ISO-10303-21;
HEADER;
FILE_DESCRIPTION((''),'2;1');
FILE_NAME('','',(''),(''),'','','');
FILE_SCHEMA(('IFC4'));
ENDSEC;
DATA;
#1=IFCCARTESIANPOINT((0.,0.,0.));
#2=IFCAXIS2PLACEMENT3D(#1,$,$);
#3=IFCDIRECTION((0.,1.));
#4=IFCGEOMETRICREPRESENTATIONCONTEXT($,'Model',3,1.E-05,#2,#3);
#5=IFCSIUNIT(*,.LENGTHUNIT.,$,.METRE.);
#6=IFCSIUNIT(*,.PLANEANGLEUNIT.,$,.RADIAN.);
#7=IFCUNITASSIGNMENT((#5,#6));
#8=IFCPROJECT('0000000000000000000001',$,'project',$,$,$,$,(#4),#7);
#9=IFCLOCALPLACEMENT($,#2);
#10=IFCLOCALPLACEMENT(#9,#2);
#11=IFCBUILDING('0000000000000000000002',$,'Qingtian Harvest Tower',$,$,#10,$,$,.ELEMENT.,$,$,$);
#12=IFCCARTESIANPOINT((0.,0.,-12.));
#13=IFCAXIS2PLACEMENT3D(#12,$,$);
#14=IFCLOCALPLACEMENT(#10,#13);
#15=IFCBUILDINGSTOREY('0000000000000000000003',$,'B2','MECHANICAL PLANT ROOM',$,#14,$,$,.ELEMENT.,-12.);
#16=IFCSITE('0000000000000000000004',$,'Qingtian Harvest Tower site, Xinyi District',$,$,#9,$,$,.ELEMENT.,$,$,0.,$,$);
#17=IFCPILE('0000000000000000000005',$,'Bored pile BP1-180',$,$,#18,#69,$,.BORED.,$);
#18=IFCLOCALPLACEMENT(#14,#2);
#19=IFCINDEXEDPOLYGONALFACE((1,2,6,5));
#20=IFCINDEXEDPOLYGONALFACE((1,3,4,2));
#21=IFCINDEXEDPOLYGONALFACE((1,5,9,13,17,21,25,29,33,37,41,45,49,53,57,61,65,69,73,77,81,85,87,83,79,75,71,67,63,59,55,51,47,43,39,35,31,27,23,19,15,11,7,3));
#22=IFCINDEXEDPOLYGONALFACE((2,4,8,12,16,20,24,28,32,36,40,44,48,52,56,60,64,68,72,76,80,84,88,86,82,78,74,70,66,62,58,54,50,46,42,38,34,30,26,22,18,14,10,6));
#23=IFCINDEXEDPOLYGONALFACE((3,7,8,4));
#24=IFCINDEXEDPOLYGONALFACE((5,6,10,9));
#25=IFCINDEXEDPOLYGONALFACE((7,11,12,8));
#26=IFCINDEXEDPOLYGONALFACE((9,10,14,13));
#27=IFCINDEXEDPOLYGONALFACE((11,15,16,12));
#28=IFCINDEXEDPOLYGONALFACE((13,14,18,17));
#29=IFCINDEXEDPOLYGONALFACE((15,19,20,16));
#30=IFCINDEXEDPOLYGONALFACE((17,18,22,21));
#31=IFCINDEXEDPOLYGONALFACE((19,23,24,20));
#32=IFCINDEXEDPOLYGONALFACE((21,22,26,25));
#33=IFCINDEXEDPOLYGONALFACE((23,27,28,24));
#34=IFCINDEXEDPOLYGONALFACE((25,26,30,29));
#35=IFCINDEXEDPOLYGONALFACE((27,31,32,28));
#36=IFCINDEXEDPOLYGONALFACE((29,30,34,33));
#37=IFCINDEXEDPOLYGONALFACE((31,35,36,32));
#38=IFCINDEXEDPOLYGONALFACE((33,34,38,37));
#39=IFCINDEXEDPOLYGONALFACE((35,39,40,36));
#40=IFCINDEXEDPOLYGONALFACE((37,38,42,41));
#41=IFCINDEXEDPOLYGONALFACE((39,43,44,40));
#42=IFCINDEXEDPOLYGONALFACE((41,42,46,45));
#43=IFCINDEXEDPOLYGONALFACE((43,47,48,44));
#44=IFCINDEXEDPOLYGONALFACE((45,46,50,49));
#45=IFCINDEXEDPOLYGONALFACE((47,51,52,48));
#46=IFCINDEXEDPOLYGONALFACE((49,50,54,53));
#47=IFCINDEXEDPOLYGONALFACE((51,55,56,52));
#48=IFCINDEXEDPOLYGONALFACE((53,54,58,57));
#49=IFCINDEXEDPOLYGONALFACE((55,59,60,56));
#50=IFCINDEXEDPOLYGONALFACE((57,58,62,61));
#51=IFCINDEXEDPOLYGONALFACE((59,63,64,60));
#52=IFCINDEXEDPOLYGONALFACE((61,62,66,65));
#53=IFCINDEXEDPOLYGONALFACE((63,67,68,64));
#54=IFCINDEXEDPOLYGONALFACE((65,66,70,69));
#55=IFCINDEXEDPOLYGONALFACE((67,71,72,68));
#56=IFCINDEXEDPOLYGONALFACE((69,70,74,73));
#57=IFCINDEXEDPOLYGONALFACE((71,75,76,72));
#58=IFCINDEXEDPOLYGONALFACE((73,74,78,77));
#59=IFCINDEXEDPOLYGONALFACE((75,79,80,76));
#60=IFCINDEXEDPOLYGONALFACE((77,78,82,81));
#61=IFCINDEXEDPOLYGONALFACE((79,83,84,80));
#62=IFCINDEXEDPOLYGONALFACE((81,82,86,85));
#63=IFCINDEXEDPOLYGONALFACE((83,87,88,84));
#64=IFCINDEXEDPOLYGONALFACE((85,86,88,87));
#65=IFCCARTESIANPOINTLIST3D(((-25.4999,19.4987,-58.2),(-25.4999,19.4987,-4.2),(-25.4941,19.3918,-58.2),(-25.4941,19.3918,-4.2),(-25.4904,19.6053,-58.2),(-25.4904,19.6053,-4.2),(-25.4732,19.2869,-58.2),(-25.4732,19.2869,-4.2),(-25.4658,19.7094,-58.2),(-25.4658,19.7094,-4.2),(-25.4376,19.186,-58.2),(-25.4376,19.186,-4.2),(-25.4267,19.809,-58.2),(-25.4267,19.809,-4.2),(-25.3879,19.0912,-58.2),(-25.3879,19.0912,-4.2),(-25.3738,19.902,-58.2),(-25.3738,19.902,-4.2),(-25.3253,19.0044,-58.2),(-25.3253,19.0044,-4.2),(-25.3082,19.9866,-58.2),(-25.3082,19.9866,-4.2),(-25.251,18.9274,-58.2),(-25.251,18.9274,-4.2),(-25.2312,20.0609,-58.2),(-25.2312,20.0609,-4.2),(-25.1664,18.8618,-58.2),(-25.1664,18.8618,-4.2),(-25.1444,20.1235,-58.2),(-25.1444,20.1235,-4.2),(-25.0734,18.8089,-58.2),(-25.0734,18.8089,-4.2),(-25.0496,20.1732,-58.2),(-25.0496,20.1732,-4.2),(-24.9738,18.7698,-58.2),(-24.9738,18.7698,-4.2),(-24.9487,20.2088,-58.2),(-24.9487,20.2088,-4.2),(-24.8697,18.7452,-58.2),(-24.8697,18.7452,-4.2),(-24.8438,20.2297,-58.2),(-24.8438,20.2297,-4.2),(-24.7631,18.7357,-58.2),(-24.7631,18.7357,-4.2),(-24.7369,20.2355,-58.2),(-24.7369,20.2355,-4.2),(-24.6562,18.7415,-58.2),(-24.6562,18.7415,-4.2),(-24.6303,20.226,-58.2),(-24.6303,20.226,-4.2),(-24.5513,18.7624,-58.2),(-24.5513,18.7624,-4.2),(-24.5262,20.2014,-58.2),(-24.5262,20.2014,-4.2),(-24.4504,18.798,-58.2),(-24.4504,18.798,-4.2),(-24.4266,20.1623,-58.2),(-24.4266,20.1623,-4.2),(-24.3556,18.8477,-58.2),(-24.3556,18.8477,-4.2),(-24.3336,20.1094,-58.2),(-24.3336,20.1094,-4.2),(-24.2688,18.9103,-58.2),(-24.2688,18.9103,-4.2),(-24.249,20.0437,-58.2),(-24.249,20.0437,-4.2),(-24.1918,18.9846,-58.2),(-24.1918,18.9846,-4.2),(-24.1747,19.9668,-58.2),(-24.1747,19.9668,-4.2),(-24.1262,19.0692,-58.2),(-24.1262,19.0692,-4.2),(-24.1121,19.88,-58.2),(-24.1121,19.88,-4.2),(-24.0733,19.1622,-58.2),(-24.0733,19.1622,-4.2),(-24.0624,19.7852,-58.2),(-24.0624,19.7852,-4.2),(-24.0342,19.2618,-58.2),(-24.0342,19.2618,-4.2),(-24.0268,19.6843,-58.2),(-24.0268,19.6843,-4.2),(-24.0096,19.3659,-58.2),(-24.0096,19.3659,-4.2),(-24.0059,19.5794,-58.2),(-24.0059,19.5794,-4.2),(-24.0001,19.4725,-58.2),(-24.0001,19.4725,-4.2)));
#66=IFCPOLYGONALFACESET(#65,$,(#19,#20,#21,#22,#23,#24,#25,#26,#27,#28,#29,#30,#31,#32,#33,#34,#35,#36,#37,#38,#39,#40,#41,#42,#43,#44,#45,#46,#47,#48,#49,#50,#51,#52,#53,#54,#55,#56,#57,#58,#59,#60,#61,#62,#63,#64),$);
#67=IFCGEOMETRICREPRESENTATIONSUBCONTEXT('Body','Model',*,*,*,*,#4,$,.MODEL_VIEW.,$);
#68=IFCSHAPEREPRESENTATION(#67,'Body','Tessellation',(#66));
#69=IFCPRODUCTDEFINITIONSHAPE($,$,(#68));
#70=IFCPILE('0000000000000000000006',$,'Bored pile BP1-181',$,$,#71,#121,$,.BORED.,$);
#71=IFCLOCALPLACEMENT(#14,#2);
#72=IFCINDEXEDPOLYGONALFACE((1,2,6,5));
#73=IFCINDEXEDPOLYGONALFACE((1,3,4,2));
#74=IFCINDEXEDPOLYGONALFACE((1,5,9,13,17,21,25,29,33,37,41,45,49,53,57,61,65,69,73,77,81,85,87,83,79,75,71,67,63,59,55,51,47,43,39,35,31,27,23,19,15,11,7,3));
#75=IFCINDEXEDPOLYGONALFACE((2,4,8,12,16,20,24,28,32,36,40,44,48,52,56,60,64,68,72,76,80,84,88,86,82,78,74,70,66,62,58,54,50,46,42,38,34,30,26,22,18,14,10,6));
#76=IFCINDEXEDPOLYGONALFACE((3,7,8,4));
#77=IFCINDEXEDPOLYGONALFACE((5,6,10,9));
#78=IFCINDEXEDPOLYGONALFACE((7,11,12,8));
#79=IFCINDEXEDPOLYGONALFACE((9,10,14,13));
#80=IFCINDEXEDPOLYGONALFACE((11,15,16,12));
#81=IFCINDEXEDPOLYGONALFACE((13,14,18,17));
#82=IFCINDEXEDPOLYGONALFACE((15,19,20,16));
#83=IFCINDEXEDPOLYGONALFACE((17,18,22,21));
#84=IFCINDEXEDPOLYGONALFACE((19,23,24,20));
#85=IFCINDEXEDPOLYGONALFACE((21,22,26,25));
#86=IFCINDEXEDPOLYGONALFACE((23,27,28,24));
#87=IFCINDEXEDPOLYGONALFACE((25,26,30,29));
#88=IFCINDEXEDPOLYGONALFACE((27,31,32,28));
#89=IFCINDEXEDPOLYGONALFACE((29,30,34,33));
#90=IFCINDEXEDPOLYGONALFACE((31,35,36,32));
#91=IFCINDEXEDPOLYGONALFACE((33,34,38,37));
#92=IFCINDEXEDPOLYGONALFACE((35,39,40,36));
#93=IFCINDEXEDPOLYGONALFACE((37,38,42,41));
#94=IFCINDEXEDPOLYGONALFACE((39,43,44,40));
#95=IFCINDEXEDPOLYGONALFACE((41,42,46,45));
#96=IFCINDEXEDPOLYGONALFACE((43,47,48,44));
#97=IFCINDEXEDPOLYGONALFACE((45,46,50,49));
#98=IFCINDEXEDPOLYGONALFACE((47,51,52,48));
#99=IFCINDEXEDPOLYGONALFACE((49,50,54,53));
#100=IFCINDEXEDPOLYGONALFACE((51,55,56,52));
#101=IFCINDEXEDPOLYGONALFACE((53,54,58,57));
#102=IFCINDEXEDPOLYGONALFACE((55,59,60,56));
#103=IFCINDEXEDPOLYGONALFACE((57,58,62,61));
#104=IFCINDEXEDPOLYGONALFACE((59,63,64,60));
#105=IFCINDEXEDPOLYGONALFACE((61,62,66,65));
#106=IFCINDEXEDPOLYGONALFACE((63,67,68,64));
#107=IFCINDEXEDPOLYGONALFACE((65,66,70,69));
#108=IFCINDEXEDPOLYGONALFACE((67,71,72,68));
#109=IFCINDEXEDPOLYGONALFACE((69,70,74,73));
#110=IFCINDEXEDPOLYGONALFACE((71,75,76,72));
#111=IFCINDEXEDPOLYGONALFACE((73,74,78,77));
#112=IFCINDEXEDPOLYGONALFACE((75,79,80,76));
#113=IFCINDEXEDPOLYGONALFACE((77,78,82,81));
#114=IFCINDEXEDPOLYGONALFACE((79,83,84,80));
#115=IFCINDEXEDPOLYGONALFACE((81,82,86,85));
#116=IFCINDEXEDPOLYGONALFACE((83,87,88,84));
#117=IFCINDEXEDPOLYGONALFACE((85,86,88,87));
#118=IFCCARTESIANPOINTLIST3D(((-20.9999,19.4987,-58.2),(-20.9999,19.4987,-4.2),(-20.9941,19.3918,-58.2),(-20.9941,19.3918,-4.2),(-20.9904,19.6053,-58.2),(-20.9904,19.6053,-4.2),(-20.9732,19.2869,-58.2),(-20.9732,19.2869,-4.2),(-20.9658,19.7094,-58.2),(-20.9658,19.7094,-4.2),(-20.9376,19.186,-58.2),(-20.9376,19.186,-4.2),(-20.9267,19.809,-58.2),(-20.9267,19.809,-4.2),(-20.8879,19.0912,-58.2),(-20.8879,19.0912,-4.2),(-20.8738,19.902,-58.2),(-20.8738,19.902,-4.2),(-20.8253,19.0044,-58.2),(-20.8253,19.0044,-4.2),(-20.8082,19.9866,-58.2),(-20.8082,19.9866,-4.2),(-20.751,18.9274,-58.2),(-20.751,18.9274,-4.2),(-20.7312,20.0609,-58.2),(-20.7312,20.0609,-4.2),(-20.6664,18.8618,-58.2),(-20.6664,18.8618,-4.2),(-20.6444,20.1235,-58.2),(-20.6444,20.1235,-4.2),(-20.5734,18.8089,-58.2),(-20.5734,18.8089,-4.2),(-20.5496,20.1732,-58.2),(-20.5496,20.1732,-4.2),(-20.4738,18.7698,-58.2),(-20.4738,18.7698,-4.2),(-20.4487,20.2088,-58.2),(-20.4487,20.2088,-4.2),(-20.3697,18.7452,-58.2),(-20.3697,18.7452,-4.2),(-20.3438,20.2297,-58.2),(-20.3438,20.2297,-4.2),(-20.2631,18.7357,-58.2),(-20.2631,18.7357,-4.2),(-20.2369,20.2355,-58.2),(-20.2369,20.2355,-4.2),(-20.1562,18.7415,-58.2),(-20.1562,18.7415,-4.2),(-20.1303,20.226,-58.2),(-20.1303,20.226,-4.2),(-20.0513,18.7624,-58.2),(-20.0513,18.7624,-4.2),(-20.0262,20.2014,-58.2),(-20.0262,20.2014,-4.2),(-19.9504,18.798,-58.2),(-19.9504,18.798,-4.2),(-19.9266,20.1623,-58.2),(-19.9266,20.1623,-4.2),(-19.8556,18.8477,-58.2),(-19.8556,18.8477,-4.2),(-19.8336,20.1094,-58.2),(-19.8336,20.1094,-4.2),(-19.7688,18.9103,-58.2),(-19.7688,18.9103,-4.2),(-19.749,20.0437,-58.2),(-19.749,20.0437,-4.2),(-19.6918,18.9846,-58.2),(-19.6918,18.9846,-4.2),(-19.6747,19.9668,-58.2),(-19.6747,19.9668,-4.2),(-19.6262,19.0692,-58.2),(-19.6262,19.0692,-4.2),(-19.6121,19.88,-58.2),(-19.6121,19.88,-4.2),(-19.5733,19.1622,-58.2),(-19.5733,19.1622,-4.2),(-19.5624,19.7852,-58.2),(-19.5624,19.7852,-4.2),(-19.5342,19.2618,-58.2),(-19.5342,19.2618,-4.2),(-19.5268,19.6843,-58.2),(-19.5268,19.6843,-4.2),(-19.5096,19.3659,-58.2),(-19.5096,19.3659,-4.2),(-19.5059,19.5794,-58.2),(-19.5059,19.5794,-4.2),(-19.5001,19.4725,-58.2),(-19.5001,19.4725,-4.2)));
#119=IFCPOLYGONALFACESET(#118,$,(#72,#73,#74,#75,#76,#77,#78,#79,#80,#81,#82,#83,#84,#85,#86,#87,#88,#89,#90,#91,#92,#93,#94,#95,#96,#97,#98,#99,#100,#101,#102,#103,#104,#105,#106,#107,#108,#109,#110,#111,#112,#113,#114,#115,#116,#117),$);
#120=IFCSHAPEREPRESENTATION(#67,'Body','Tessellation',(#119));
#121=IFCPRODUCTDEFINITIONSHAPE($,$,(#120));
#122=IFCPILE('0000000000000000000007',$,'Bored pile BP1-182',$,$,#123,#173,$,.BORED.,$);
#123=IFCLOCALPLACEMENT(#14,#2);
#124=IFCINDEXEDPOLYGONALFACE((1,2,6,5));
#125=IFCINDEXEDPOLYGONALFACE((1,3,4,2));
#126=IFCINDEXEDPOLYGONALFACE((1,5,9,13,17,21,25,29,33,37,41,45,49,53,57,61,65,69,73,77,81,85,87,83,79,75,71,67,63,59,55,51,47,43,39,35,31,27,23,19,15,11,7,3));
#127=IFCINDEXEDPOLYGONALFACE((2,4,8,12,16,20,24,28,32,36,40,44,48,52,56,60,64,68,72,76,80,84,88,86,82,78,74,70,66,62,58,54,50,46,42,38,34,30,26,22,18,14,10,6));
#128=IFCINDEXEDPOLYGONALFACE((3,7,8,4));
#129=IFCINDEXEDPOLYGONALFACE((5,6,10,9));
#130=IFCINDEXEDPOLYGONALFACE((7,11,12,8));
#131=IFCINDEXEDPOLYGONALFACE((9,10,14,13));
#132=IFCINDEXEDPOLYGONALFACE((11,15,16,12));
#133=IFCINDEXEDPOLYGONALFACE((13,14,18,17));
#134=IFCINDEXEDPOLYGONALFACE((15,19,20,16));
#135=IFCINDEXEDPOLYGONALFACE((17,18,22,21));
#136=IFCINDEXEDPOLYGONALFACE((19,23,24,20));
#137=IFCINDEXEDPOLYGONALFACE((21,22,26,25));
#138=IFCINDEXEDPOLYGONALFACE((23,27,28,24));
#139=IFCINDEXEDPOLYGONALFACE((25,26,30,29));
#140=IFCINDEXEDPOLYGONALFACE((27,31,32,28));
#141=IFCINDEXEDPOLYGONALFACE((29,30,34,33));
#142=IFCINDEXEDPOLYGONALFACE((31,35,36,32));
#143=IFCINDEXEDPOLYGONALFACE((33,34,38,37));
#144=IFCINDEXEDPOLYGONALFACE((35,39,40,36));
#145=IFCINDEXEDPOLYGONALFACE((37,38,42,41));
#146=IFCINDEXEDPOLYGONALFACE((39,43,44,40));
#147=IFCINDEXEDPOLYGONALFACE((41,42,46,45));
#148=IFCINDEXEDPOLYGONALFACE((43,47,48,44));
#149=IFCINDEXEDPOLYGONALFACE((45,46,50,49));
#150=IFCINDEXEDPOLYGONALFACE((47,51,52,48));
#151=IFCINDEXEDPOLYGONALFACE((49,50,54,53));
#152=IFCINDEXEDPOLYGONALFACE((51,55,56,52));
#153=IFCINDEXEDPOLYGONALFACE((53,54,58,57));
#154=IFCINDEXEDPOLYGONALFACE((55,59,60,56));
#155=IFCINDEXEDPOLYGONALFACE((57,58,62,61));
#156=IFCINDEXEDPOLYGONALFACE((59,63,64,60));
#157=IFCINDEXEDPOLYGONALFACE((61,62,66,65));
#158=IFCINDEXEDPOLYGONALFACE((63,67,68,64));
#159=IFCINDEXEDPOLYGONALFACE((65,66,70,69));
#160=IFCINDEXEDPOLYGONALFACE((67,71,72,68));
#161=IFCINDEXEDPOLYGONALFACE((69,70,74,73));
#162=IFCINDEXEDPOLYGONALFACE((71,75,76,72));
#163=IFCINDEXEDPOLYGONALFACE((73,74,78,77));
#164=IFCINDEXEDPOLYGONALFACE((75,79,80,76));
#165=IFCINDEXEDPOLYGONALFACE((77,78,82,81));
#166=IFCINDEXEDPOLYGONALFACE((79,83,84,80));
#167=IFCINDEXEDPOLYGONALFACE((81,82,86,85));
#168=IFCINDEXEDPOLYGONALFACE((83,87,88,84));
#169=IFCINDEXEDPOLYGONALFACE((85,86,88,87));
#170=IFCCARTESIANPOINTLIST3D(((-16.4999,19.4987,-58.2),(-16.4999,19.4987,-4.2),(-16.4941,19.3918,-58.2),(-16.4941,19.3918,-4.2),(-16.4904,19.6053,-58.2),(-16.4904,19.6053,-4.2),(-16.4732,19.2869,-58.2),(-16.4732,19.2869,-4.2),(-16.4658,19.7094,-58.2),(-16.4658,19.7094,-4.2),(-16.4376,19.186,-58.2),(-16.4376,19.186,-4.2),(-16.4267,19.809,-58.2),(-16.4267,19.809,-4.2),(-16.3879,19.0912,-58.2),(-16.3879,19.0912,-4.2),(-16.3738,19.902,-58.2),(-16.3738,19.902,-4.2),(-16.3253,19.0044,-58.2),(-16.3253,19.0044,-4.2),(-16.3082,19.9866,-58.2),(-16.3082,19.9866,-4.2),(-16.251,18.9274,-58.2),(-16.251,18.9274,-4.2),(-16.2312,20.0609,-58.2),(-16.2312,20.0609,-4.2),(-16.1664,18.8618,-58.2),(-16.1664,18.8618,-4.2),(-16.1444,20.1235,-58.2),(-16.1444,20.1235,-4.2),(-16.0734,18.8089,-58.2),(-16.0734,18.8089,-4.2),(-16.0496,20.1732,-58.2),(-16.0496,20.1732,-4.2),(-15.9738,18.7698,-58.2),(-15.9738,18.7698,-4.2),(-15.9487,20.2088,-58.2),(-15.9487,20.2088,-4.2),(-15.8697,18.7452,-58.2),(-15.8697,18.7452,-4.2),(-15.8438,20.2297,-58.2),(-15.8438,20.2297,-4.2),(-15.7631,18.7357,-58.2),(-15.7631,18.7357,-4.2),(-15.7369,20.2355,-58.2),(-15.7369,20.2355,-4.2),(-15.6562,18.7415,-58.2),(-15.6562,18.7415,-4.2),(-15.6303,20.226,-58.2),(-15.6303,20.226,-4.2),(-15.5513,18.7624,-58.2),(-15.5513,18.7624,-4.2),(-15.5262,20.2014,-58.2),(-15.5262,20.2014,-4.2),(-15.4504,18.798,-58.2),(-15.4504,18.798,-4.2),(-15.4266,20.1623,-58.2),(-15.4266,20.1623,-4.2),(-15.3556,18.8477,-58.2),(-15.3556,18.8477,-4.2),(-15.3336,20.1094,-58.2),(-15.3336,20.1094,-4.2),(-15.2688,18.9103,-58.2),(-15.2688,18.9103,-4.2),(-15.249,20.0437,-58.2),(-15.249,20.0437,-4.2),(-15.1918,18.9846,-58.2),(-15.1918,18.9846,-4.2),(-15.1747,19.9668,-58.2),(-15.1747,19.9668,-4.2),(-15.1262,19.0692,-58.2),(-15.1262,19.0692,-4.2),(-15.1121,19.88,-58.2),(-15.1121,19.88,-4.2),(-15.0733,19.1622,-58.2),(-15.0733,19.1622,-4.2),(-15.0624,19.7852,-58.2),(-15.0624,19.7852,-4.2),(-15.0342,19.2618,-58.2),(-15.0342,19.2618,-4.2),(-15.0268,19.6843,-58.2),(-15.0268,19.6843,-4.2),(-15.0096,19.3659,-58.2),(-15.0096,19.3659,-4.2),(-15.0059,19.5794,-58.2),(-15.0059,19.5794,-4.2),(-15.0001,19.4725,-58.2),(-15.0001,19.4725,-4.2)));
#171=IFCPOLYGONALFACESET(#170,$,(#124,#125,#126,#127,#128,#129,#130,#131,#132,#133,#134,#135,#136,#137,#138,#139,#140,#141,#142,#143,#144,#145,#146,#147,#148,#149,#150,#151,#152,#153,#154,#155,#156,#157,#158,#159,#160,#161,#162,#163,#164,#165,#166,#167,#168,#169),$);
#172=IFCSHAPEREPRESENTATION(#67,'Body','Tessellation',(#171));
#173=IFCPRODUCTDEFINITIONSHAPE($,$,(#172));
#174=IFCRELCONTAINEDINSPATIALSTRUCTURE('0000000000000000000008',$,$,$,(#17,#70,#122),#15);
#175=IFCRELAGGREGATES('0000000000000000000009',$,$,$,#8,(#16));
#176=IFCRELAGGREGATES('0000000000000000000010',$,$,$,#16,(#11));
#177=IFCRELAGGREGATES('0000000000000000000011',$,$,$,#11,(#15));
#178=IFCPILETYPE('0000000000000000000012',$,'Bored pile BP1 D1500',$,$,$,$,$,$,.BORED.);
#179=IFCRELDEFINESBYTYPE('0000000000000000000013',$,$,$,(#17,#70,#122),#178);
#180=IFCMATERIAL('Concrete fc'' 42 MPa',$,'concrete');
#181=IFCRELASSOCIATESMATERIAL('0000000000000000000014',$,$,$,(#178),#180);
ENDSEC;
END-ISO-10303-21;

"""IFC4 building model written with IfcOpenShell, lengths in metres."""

from ifc_helpers import new_model, si_unit, direction, frame, frame_2d, origin, place, context, subcontext, project, spatial, circle, extrude, material, material_profile, profile_set, type_object, element, save


model = new_model("IFC4")

# Units and contexts
model_context = context("Model", 3, precision=1e-05, world=origin(), true_north=direction((0.0, 1.0)))
body_context = subcontext(model_context, "Body", "Model", "MODEL_VIEW")
ifc_project = project(units=[si_unit("LENGTHUNIT", "METRE"), si_unit("PLANEANGLEUNIT", "RADIAN")], contexts=[model_context])

# Site, building, storey
site_placement = place(None, origin())
site = spatial("IfcSite", under=ifc_project, at=site_placement, Name="Qingtian Harvest Tower site, Xinyi District", CompositionType="ELEMENT", RefElevation=0.0)
building_placement = place(site_placement, origin())
building = spatial("IfcBuilding", under=site, at=building_placement, Name="Qingtian Harvest Tower", CompositionType="ELEMENT")
storey_placement = place(building_placement, frame((0.0, 0.0, -12.0)))
storey = spatial("IfcBuildingStorey", under=building, at=storey_placement, Name="B2", Description="MECHANICAL PLANT ROOM", CompositionType="ELEMENT", Elevation=-12.0)

# Piles
ifc_material_1 = material(Name="Concrete fc' 42 MPa", Category="concrete")
ifc_material_profile_1 = material_profile(ifc_material_1, circle(Radius=0.75, at=frame_2d((0.0, 0.0), x_axis=(0.999848, 0.017452))), Name="Bored pile BP1 D1500")
ifc_profile_set_1 = profile_set([ifc_material_profile_1], Name="Concrete fc' 42 MPa")
pile_type = type_object("IfcPileType", Name="Bored pile BP1 D1500", PredefinedType="BORED", material=ifc_profile_set_1)
for number, where, z_axis, x_axis, name in (
    (1, (-24.75, 19.4856, -4.2), (0.0, 0.0, -1.0), (1.0, 0.0, 0.0), "Bored pile BP1-180"),
    (2, (-20.25, 19.4856, -4.2), (0.0, 0.0, -1.0), (1.0, 0.0, 0.0), "Bored pile BP1-181"),
    (3, (-15.75, 19.4856, -4.2), (0.0, 0.0, -1.0), (1.0, 0.0, 0.0), "Bored pile BP1-182"),
):
    element("IfcPile", number, at=place(storey_placement, frame(where, z_axis=z_axis, x_axis=x_axis)), inside=storey, type_object=pile_type, Name=name, PredefinedType="BORED", context=body_context, shape_type="SweptSolid", body=[
        extrude(circle(Radius=0.75, at=frame_2d((0.0, 0.0), x_axis=(0.999848, 0.017452))), origin(), (0.0, 0.0, 1.0), 54.0),
    ])

save(model, "model.ifc")
